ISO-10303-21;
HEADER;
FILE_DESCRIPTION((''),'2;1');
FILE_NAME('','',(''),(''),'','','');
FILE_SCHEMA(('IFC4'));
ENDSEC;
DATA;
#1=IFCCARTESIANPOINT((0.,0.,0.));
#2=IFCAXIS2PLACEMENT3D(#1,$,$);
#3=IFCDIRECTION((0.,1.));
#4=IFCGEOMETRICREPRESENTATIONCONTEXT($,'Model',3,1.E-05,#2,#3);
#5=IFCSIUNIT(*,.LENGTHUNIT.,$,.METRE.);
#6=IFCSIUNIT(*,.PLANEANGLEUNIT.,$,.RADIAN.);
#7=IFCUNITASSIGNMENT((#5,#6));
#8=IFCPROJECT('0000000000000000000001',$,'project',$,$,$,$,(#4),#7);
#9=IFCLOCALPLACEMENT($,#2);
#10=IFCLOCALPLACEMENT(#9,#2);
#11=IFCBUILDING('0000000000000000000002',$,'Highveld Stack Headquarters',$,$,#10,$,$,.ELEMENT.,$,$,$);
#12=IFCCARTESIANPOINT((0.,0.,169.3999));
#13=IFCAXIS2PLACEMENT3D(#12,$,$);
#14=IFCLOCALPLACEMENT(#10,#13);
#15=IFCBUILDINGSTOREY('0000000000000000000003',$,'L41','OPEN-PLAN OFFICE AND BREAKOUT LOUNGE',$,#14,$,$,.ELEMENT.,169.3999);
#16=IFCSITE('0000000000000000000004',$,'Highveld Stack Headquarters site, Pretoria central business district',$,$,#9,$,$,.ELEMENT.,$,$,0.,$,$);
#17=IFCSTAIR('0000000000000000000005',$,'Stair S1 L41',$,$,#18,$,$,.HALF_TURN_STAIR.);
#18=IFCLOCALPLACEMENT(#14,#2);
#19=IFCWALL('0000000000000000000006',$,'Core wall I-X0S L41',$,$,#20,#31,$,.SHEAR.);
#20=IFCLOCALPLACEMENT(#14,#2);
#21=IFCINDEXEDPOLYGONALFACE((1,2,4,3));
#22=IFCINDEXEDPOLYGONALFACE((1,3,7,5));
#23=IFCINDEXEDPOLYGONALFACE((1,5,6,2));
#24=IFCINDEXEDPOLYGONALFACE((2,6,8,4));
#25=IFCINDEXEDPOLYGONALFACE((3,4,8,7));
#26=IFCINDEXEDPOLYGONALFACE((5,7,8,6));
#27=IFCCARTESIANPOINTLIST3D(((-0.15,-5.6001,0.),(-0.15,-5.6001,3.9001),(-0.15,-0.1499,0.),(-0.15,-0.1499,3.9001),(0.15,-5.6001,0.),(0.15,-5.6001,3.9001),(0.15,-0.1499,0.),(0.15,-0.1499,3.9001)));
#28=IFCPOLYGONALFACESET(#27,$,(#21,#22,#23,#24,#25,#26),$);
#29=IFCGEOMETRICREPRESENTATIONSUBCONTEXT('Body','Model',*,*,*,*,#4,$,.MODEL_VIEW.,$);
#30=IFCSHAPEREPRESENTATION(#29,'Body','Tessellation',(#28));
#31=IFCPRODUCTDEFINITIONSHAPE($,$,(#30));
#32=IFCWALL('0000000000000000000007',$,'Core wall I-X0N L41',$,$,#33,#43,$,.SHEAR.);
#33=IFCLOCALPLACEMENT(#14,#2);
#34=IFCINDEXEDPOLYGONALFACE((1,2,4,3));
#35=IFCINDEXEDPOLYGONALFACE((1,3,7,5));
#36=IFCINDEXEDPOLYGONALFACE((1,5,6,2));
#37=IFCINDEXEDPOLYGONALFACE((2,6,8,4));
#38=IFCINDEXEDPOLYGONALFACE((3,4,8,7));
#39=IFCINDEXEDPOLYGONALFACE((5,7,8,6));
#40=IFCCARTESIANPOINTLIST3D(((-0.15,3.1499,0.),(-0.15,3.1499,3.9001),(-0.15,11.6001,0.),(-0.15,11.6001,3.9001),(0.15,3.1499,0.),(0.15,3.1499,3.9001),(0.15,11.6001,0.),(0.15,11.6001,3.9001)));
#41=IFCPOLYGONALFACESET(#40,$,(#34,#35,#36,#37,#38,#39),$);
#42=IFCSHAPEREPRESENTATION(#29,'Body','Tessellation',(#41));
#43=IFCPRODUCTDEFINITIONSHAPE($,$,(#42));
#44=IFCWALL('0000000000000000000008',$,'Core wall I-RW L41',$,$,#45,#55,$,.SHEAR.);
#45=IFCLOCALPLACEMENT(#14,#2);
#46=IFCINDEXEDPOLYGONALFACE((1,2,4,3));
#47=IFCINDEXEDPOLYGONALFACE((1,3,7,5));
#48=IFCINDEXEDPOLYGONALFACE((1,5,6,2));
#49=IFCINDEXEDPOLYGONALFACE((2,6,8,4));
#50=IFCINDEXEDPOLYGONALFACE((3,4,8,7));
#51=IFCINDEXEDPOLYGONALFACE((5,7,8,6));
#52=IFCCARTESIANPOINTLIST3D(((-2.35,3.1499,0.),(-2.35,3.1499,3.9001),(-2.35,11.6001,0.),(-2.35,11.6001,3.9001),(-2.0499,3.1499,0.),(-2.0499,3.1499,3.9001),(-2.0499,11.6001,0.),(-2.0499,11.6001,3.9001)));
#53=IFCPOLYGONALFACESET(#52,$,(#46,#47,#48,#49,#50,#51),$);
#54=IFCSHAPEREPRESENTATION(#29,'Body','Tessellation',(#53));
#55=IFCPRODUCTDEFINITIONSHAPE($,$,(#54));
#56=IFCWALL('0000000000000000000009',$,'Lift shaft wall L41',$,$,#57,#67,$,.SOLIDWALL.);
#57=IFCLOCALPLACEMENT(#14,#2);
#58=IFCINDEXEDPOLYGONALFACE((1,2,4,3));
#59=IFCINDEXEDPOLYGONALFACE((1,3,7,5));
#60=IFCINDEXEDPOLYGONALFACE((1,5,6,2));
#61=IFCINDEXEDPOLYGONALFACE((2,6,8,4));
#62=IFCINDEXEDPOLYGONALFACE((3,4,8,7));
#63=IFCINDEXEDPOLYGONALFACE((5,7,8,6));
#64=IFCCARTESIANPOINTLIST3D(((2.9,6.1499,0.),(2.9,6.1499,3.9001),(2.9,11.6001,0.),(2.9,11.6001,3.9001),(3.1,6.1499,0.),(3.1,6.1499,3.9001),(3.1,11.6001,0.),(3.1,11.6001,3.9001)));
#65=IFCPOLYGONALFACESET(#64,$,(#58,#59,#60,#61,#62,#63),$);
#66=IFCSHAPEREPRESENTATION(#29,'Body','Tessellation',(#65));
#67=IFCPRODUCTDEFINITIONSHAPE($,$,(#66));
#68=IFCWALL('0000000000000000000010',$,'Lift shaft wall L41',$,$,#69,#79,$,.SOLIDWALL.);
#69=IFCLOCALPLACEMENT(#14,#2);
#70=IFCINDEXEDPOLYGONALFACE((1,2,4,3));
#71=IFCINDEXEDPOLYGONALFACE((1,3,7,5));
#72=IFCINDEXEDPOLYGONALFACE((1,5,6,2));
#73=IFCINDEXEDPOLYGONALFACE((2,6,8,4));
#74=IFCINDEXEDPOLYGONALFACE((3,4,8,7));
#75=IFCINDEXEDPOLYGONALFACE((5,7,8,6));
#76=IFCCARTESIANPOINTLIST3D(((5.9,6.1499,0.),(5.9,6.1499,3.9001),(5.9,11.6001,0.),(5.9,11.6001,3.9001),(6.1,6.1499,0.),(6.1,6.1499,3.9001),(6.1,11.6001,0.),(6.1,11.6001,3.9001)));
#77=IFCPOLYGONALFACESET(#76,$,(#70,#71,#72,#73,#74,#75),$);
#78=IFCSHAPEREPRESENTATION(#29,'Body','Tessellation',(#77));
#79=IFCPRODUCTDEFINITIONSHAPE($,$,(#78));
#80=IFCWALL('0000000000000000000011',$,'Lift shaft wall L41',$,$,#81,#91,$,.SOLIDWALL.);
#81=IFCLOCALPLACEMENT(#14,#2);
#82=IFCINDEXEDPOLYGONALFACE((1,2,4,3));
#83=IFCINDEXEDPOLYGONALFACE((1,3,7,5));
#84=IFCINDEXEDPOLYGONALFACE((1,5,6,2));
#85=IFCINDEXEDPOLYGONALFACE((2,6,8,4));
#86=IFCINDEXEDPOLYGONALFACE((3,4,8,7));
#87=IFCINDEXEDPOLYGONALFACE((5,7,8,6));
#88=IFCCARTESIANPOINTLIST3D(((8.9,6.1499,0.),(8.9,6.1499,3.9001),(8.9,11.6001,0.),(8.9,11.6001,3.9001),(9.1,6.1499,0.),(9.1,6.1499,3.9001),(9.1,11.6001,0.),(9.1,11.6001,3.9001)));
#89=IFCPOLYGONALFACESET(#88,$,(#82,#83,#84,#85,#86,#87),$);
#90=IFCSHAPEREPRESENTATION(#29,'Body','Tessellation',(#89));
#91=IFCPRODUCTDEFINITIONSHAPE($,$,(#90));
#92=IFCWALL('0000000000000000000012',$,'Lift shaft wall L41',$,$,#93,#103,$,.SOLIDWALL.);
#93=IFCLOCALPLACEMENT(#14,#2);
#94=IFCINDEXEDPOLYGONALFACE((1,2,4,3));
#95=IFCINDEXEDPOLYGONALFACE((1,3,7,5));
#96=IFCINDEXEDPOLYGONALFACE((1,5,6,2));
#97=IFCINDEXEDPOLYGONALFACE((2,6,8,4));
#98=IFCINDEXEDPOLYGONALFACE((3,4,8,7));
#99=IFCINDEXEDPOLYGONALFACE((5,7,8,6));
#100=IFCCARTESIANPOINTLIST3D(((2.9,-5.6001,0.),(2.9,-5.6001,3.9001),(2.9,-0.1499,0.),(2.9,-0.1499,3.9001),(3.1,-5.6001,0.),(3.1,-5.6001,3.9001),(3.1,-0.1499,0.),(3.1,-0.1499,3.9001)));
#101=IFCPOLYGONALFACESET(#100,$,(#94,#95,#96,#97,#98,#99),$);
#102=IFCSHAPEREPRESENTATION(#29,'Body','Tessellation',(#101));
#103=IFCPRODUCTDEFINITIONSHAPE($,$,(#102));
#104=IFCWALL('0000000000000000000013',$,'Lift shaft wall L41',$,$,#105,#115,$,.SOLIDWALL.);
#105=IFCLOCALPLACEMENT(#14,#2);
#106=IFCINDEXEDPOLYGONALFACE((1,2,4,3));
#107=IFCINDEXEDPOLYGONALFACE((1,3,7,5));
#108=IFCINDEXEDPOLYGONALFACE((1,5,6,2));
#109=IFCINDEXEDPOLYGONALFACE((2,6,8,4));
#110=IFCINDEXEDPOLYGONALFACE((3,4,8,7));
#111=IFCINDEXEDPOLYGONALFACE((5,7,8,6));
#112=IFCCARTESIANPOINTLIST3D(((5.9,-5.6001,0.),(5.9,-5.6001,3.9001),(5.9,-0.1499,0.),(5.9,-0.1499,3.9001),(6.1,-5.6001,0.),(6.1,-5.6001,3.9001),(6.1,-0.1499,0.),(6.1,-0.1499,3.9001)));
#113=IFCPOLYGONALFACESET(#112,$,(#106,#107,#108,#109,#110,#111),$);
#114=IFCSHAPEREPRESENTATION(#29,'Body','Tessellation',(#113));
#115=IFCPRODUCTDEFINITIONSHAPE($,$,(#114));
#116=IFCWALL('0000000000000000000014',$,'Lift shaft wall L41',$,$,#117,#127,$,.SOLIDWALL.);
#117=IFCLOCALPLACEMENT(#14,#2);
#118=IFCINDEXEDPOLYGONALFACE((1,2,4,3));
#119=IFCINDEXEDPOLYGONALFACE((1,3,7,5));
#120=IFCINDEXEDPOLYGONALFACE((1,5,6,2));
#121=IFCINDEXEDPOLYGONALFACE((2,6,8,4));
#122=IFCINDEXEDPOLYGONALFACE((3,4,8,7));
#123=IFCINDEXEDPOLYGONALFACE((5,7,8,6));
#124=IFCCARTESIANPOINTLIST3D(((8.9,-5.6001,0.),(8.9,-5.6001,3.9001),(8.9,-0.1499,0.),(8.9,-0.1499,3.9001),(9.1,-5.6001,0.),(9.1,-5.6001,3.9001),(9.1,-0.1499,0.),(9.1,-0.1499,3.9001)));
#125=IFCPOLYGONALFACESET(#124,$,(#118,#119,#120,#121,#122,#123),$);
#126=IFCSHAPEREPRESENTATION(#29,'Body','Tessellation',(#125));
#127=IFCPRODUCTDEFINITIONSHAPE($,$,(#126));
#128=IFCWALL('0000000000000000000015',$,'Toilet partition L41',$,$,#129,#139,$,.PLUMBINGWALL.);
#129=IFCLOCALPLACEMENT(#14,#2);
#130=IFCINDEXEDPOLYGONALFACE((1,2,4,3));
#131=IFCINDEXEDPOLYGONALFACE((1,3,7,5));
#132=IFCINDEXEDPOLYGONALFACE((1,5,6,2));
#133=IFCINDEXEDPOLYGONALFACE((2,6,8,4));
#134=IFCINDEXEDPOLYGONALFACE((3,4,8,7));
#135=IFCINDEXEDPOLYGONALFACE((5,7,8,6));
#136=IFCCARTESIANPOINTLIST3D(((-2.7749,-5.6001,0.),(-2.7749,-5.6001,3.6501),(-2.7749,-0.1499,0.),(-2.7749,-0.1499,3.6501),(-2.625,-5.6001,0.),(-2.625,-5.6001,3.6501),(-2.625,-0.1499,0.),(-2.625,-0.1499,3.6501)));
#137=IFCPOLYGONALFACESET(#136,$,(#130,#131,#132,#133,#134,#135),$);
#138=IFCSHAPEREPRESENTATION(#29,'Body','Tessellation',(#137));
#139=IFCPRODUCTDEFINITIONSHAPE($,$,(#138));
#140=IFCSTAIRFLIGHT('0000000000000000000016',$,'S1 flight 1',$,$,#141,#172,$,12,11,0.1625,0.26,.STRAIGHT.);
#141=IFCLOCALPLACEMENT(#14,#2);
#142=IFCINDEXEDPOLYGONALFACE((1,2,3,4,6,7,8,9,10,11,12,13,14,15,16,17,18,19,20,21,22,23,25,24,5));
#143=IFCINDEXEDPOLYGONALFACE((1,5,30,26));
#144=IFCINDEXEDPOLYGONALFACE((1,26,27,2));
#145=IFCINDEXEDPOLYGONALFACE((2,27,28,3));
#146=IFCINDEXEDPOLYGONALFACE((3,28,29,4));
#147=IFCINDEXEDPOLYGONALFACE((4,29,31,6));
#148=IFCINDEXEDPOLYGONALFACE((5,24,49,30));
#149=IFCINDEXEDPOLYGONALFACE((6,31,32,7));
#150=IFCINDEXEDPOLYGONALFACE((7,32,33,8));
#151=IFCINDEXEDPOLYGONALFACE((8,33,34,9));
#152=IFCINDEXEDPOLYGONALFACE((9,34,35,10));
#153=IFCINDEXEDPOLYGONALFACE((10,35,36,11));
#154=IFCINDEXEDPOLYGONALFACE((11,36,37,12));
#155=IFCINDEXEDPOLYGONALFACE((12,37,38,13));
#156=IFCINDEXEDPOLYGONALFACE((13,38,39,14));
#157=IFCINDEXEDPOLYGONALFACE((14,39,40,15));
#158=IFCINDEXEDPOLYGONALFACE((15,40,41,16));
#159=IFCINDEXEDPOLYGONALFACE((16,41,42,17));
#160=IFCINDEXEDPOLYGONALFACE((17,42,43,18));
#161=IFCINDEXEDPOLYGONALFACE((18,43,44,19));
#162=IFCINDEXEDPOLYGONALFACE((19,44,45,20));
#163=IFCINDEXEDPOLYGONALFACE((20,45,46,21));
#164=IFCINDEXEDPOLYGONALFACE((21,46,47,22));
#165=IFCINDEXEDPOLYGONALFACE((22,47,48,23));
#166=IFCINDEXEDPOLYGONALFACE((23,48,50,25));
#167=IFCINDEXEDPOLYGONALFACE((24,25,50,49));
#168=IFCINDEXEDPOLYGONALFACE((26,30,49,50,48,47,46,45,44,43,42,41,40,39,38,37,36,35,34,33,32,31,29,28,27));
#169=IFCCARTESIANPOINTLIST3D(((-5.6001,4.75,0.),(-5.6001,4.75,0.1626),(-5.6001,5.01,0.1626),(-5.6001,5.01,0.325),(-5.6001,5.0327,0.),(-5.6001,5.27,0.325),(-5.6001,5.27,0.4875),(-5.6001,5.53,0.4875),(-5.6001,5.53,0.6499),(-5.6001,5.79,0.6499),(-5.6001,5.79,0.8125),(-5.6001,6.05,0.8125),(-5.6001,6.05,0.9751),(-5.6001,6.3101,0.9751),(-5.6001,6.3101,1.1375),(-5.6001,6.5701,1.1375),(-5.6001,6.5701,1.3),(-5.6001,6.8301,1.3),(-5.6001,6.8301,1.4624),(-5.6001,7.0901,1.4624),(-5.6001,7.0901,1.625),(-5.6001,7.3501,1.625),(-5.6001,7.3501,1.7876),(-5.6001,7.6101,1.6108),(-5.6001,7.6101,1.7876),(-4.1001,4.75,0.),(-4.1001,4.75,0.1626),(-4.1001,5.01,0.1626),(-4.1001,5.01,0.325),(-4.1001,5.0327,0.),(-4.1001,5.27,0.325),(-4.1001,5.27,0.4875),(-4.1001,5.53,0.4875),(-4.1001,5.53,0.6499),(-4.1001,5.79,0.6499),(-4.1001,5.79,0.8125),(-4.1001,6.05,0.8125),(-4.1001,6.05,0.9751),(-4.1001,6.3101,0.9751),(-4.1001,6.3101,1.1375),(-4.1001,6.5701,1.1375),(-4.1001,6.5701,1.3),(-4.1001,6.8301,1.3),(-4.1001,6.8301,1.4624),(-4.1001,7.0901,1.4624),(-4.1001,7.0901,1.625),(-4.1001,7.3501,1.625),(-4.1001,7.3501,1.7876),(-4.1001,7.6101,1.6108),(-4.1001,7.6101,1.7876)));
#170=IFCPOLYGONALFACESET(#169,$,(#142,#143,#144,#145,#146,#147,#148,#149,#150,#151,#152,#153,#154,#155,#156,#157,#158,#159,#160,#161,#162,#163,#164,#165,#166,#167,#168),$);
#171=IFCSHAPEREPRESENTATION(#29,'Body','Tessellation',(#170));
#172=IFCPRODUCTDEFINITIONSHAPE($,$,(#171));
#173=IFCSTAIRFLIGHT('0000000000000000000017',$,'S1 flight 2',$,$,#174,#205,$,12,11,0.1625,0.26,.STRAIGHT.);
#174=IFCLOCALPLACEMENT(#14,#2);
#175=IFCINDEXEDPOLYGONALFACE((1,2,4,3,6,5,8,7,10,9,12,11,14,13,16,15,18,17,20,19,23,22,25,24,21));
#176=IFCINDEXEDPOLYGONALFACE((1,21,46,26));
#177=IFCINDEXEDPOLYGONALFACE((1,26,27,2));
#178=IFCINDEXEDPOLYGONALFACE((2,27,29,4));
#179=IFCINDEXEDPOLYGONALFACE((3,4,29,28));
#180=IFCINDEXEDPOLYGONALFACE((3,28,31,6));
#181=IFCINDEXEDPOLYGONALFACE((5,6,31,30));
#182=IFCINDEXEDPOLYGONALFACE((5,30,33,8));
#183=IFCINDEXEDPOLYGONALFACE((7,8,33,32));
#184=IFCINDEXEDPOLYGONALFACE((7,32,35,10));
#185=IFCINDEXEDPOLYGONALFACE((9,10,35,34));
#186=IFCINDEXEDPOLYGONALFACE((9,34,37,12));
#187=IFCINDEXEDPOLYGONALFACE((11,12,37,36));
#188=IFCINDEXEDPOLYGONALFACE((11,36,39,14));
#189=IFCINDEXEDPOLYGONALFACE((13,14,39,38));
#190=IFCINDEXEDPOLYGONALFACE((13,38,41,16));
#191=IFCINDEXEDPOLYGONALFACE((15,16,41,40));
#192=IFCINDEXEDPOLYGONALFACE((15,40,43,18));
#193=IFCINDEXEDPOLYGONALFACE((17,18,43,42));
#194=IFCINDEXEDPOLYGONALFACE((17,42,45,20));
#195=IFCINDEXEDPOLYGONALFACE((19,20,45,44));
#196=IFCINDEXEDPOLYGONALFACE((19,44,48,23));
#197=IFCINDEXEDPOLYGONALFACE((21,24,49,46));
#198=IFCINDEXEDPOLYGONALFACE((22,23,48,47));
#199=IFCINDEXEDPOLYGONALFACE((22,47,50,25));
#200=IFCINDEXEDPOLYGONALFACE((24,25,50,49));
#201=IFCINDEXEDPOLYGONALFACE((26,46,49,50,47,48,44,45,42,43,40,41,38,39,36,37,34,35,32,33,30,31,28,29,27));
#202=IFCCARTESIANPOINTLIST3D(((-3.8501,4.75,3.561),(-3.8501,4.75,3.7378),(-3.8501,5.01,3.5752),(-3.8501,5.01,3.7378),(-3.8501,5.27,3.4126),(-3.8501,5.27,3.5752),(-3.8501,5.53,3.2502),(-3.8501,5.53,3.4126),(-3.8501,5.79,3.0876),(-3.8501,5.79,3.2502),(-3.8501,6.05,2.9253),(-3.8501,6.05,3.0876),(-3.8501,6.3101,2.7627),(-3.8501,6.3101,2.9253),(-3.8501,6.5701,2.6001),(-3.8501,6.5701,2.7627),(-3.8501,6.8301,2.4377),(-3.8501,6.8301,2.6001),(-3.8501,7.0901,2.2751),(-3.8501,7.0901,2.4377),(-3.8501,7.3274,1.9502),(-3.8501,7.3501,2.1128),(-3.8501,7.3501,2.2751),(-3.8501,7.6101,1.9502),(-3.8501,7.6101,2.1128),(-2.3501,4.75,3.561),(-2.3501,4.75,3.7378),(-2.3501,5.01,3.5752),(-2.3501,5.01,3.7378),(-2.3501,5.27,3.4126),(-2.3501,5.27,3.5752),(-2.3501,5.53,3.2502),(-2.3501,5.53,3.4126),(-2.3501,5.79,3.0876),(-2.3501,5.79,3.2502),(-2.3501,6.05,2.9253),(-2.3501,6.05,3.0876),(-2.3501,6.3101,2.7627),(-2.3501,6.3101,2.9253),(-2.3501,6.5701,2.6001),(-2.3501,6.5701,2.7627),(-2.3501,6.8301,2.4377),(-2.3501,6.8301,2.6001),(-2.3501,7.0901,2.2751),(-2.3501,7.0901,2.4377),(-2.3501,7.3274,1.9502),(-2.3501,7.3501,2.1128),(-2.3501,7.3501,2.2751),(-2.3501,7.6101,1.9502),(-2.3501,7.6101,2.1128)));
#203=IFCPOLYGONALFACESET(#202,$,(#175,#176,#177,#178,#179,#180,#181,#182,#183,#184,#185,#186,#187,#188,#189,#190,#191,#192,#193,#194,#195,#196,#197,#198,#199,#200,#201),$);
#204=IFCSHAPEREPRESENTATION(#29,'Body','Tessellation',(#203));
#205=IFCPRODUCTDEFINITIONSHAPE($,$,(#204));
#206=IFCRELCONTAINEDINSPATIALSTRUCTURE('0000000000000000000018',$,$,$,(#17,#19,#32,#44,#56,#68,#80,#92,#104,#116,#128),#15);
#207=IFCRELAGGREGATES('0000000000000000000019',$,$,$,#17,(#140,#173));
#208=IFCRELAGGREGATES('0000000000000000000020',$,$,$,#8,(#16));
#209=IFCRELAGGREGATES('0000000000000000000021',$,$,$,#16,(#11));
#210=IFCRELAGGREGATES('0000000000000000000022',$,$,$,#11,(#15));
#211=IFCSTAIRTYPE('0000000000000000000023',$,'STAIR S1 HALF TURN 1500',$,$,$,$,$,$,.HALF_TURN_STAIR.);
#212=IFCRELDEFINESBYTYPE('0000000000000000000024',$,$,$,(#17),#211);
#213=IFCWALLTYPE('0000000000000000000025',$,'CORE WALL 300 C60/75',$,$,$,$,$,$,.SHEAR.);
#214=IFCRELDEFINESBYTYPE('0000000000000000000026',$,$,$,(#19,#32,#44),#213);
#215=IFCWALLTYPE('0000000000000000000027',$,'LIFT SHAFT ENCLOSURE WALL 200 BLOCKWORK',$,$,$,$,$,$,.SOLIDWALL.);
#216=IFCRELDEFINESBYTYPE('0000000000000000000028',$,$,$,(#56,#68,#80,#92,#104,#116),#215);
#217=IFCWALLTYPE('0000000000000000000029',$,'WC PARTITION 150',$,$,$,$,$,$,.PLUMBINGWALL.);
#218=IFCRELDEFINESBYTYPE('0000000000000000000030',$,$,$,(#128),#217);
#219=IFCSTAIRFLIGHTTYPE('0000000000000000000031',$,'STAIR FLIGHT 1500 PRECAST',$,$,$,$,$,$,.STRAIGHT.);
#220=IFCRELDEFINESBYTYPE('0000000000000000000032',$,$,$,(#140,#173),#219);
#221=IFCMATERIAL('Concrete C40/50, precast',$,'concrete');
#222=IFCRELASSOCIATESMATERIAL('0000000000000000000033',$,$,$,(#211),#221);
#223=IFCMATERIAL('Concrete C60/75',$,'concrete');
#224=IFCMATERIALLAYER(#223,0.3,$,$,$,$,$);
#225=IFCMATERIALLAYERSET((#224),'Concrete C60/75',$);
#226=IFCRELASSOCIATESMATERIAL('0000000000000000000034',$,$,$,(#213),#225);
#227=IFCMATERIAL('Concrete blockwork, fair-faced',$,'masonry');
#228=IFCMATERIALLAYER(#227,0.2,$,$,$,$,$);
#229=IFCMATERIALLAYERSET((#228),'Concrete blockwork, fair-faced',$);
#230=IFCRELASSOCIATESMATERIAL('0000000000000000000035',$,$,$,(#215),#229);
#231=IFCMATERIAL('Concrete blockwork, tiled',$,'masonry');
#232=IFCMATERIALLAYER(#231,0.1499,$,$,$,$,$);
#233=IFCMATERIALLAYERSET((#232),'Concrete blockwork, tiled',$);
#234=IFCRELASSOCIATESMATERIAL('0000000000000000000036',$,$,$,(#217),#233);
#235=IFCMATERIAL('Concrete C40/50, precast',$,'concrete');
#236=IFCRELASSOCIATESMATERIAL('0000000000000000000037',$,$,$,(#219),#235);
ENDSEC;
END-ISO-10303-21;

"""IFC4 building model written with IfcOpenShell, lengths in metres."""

from ifc_helpers import new_model, si_unit, direction, frame, frame_2d, origin, place, context, subcontext, project, spatial, polyline, rectangle, outline, extrude, material, layer, layer_set, type_object, element, aggregate, save


model = new_model("IFC4")

# Units and contexts
model_context = context("Model", 3, precision=1e-05, world=origin(), true_north=direction((0.0, 1.0)))
body_context = subcontext(model_context, "Body", "Model", "MODEL_VIEW")
ifc_project = project(units=[si_unit("LENGTHUNIT", "METRE"), si_unit("PLANEANGLEUNIT", "RADIAN")], contexts=[model_context])

# Site, building, storey
site_placement = place(None, origin())
site = spatial("IfcSite", under=ifc_project, at=site_placement, Name="Highveld Stack Headquarters site, Pretoria central business district", CompositionType="ELEMENT", RefElevation=0.0)
building_placement = place(site_placement, origin())
building = spatial("IfcBuilding", under=site, at=building_placement, Name="Highveld Stack Headquarters", CompositionType="ELEMENT")
storey_placement = place(building_placement, frame((0.0, 0.0, 169.3999)))
storey = spatial("IfcBuildingStorey", under=building, at=storey_placement, Name="L41", Description="OPEN-PLAN OFFICE AND BREAKOUT LOUNGE", CompositionType="ELEMENT", Elevation=169.3999)

# Stair
ifc_material_1 = material(Name="Concrete C40/50, precast", Category="concrete")
stair_type_1 = type_object("IfcStairType", Name="STAIR S1 HALF TURN 1500", PredefinedType="HALF_TURN_STAIR", material=ifc_material_1)
stair_1_placement = place(storey_placement, origin())
stair_1 = element("IfcStair", 1, at=stair_1_placement, inside=storey, type_object=stair_type_1, Name="Stair S1 L41", PredefinedType="HALF_TURN_STAIR")

# Shared definitions
ifc_material_2 = material(Name="Concrete C60/75", Category="concrete")
ifc_layer_1 = layer(ifc_material_2, 0.3)
ifc_layer_set_1 = layer_set([ifc_layer_1], Name="Concrete C60/75")
wall_type_1 = type_object("IfcWallType", Name="CORE WALL 300 C60/75", PredefinedType="SHEAR", material=ifc_layer_set_1)

# Walls
wall_1_placement = place(storey_placement, frame((0.0, -5.6001, 0.0), z_axis=(0.0, 0.0, 1.0), x_axis=(0.0, 1.0, 0.0)))
element("IfcWall", 2, at=wall_1_placement, inside=storey, type_object=wall_type_1, Name="Core wall I-X0S L41", PredefinedType="SHEAR", context=body_context, shape_type="SweptSolid", body=[
    extrude(rectangle(XDim=5.4502, YDim=0.3, at=frame_2d((2.7251, 0.0))), origin(), (0.0, 0.0, 1.0), 3.9001),
])
for number, where, z_axis, x_axis, name in (
    (3, (0.0, 3.1499, 0.0), (0.0, 0.0, 1.0), (0.0, 1.0, 0.0), "Core wall I-X0N L41"),
    (4, (-2.2, 3.1499, 0.0), (0.0, 0.0, 1.0), (0.0, 1.0, 0.0), "Core wall I-RW L41"),
):
    element("IfcWall", number, at=place(storey_placement, frame(where, z_axis=z_axis, x_axis=x_axis)), inside=storey, type_object=wall_type_1, Name=name, PredefinedType="SHEAR", context=body_context, shape_type="SweptSolid", body=[
        extrude(rectangle(XDim=8.4502, YDim=0.3, at=frame_2d((4.2251, 0.0))), origin(), (0.0, 0.0, 1.0), 3.9001),
    ])
ifc_material_3 = material(Name="Concrete blockwork, fair-faced", Category="masonry")
ifc_layer_2 = layer(ifc_material_3, 0.2)
ifc_layer_set_2 = layer_set([ifc_layer_2], Name="Concrete blockwork, fair-faced")
wall_type_2 = type_object("IfcWallType", Name="LIFT SHAFT ENCLOSURE WALL 200 BLOCKWORK", PredefinedType="SOLIDWALL", material=ifc_layer_set_2)
for number, where, z_axis, x_axis, name in (
    (5, (3.0, 6.1499, 0.0), (0.0, 0.0, 1.0), (0.0, 1.0, 0.0), "Lift shaft wall L41"),
    (6, (6.0, 6.1499, 0.0), (0.0, 0.0, 1.0), (0.0, 1.0, 0.0), "Lift shaft wall L41"),
    (7, (9.0, 6.1499, 0.0), (0.0, 0.0, 1.0), (0.0, 1.0, 0.0), "Lift shaft wall L41"),
    (8, (3.0, -5.6001, 0.0), (0.0, 0.0, 1.0), (0.0, 1.0, 0.0), "Lift shaft wall L41"),
    (9, (6.0, -5.6001, 0.0), (0.0, 0.0, 1.0), (0.0, 1.0, 0.0), "Lift shaft wall L41"),
    (10, (9.0, -5.6001, 0.0), (0.0, 0.0, 1.0), (0.0, 1.0, 0.0), "Lift shaft wall L41"),
):
    element("IfcWall", number, at=place(storey_placement, frame(where, z_axis=z_axis, x_axis=x_axis)), inside=storey, type_object=wall_type_2, Name=name, PredefinedType="SOLIDWALL", context=body_context, shape_type="SweptSolid", body=[
        extrude(rectangle(XDim=5.4502, YDim=0.2, at=frame_2d((2.7251, 0.0))), origin(), (0.0, 0.0, 1.0), 3.9001),
    ])
ifc_material_4 = material(Name="Concrete blockwork, tiled", Category="masonry")
ifc_layer_3 = layer(ifc_material_4, 0.1499)
ifc_layer_set_3 = layer_set([ifc_layer_3], Name="Concrete blockwork, tiled")
wall_type_3 = type_object("IfcWallType", Name="WC PARTITION 150", PredefinedType="PLUMBINGWALL", material=ifc_layer_set_3)
wall_2_placement = place(storey_placement, frame((-2.7, -5.6001, 0.0), z_axis=(0.0, 0.0, 1.0), x_axis=(0.0, 1.0, 0.0)))
element("IfcWall", 11, at=wall_2_placement, inside=storey, type_object=wall_type_3, Name="Toilet partition L41", PredefinedType="PLUMBINGWALL", context=body_context, shape_type="SweptSolid", body=[
    extrude(rectangle(XDim=5.4502, YDim=0.1499, at=frame_2d((2.7251, 0.0))), origin(), (0.0, 0.0, 1.0), 3.6501),
])

# Stair flights
ifc_material_5 = material(Name="Concrete C40/50, precast", Category="concrete")
stair_flight_type = type_object("IfcStairFlightType", Name="STAIR FLIGHT 1500 PRECAST", PredefinedType="STRAIGHT", material=ifc_material_5)
stair_flight_1_placement = place(storey_placement, frame((-4.8501, 4.75, 0.0), z_axis=(0.0, 0.0, 1.0), x_axis=(0.0, 1.0, 0.0)))
stair_flight_1 = element("IfcStairFlight", 12, at=stair_flight_1_placement, type_object=stair_flight_type, Name="S1 flight 1", NumberOfRisers=12, NumberOfTreads=11, PredefinedType="STRAIGHT", RiserHeight=0.1625, TreadLength=0.26, context=body_context, shape_type="SweptSolid", body=[
    extrude(outline(polyline([(0.0, 0.0), (0.0, 0.1626), (0.26, 0.1626), (0.26, 0.325), (0.52, 0.325), (0.52, 0.4875), (0.78, 0.4875), (0.78, 0.6499), (1.04, 0.6499), (1.04, 0.8125), (1.3, 0.8125), (1.3, 0.9751), (1.5601, 0.9751), (1.5601, 1.1375), (1.8201, 1.1375), (1.8201, 1.3), (2.0801, 1.3), (2.0801, 1.4624), (2.3401, 1.4624), (2.3401, 1.625), (2.6001, 1.625), (2.6001, 1.7876), (2.8601, 1.7876), (2.8601, 1.95), (2.8601, 1.6108), (0.2827, 0.0), (0.0, 0.0)])), frame((0.0, 0.75, 0.0), z_axis=(0.0, -1.0, 0.0), x_axis=(1.0, 0.0, 0.0)), (0.0, 0.0, 1.0), 1.5),
])
stair_flight_2_placement = place(storey_placement, frame((-3.1001, 7.6101, 1.9502), z_axis=(0.0, 0.0, 1.0), x_axis=(0.0, -1.0, 0.0)))
stair_flight_2 = element("IfcStairFlight", 13, at=stair_flight_2_placement, type_object=stair_flight_type, Name="S1 flight 2", NumberOfRisers=12, NumberOfTreads=11, PredefinedType="STRAIGHT", RiserHeight=0.1625, TreadLength=0.26, context=body_context, shape_type="SweptSolid", body=[
    extrude(outline(polyline([(0.0, 0.0), (0.0, 0.1626), (0.26, 0.1626), (0.26, 0.325), (0.52, 0.325), (0.52, 0.4875), (0.78, 0.4875), (0.78, 0.6499), (1.04, 0.6499), (1.04, 0.8125), (1.3, 0.8125), (1.3, 0.9751), (1.5601, 0.9751), (1.5601, 1.1375), (1.8201, 1.1375), (1.8201, 1.3), (2.0801, 1.3), (2.0801, 1.4624), (2.3401, 1.4624), (2.3401, 1.625), (2.6001, 1.625), (2.6001, 1.7876), (2.8601, 1.7876), (2.8601, 1.95), (2.8601, 1.6108), (0.2827, 0.0), (0.0, 0.0)])), frame((0.0, 0.75, 0.0), z_axis=(0.0, -1.0, 0.0), x_axis=(1.0, 0.0, 0.0)), (0.0, 0.0, 1.0), 1.5),
])
aggregate(stair_1, [stair_flight_1, stair_flight_2])

save(model, "model.ifc")
